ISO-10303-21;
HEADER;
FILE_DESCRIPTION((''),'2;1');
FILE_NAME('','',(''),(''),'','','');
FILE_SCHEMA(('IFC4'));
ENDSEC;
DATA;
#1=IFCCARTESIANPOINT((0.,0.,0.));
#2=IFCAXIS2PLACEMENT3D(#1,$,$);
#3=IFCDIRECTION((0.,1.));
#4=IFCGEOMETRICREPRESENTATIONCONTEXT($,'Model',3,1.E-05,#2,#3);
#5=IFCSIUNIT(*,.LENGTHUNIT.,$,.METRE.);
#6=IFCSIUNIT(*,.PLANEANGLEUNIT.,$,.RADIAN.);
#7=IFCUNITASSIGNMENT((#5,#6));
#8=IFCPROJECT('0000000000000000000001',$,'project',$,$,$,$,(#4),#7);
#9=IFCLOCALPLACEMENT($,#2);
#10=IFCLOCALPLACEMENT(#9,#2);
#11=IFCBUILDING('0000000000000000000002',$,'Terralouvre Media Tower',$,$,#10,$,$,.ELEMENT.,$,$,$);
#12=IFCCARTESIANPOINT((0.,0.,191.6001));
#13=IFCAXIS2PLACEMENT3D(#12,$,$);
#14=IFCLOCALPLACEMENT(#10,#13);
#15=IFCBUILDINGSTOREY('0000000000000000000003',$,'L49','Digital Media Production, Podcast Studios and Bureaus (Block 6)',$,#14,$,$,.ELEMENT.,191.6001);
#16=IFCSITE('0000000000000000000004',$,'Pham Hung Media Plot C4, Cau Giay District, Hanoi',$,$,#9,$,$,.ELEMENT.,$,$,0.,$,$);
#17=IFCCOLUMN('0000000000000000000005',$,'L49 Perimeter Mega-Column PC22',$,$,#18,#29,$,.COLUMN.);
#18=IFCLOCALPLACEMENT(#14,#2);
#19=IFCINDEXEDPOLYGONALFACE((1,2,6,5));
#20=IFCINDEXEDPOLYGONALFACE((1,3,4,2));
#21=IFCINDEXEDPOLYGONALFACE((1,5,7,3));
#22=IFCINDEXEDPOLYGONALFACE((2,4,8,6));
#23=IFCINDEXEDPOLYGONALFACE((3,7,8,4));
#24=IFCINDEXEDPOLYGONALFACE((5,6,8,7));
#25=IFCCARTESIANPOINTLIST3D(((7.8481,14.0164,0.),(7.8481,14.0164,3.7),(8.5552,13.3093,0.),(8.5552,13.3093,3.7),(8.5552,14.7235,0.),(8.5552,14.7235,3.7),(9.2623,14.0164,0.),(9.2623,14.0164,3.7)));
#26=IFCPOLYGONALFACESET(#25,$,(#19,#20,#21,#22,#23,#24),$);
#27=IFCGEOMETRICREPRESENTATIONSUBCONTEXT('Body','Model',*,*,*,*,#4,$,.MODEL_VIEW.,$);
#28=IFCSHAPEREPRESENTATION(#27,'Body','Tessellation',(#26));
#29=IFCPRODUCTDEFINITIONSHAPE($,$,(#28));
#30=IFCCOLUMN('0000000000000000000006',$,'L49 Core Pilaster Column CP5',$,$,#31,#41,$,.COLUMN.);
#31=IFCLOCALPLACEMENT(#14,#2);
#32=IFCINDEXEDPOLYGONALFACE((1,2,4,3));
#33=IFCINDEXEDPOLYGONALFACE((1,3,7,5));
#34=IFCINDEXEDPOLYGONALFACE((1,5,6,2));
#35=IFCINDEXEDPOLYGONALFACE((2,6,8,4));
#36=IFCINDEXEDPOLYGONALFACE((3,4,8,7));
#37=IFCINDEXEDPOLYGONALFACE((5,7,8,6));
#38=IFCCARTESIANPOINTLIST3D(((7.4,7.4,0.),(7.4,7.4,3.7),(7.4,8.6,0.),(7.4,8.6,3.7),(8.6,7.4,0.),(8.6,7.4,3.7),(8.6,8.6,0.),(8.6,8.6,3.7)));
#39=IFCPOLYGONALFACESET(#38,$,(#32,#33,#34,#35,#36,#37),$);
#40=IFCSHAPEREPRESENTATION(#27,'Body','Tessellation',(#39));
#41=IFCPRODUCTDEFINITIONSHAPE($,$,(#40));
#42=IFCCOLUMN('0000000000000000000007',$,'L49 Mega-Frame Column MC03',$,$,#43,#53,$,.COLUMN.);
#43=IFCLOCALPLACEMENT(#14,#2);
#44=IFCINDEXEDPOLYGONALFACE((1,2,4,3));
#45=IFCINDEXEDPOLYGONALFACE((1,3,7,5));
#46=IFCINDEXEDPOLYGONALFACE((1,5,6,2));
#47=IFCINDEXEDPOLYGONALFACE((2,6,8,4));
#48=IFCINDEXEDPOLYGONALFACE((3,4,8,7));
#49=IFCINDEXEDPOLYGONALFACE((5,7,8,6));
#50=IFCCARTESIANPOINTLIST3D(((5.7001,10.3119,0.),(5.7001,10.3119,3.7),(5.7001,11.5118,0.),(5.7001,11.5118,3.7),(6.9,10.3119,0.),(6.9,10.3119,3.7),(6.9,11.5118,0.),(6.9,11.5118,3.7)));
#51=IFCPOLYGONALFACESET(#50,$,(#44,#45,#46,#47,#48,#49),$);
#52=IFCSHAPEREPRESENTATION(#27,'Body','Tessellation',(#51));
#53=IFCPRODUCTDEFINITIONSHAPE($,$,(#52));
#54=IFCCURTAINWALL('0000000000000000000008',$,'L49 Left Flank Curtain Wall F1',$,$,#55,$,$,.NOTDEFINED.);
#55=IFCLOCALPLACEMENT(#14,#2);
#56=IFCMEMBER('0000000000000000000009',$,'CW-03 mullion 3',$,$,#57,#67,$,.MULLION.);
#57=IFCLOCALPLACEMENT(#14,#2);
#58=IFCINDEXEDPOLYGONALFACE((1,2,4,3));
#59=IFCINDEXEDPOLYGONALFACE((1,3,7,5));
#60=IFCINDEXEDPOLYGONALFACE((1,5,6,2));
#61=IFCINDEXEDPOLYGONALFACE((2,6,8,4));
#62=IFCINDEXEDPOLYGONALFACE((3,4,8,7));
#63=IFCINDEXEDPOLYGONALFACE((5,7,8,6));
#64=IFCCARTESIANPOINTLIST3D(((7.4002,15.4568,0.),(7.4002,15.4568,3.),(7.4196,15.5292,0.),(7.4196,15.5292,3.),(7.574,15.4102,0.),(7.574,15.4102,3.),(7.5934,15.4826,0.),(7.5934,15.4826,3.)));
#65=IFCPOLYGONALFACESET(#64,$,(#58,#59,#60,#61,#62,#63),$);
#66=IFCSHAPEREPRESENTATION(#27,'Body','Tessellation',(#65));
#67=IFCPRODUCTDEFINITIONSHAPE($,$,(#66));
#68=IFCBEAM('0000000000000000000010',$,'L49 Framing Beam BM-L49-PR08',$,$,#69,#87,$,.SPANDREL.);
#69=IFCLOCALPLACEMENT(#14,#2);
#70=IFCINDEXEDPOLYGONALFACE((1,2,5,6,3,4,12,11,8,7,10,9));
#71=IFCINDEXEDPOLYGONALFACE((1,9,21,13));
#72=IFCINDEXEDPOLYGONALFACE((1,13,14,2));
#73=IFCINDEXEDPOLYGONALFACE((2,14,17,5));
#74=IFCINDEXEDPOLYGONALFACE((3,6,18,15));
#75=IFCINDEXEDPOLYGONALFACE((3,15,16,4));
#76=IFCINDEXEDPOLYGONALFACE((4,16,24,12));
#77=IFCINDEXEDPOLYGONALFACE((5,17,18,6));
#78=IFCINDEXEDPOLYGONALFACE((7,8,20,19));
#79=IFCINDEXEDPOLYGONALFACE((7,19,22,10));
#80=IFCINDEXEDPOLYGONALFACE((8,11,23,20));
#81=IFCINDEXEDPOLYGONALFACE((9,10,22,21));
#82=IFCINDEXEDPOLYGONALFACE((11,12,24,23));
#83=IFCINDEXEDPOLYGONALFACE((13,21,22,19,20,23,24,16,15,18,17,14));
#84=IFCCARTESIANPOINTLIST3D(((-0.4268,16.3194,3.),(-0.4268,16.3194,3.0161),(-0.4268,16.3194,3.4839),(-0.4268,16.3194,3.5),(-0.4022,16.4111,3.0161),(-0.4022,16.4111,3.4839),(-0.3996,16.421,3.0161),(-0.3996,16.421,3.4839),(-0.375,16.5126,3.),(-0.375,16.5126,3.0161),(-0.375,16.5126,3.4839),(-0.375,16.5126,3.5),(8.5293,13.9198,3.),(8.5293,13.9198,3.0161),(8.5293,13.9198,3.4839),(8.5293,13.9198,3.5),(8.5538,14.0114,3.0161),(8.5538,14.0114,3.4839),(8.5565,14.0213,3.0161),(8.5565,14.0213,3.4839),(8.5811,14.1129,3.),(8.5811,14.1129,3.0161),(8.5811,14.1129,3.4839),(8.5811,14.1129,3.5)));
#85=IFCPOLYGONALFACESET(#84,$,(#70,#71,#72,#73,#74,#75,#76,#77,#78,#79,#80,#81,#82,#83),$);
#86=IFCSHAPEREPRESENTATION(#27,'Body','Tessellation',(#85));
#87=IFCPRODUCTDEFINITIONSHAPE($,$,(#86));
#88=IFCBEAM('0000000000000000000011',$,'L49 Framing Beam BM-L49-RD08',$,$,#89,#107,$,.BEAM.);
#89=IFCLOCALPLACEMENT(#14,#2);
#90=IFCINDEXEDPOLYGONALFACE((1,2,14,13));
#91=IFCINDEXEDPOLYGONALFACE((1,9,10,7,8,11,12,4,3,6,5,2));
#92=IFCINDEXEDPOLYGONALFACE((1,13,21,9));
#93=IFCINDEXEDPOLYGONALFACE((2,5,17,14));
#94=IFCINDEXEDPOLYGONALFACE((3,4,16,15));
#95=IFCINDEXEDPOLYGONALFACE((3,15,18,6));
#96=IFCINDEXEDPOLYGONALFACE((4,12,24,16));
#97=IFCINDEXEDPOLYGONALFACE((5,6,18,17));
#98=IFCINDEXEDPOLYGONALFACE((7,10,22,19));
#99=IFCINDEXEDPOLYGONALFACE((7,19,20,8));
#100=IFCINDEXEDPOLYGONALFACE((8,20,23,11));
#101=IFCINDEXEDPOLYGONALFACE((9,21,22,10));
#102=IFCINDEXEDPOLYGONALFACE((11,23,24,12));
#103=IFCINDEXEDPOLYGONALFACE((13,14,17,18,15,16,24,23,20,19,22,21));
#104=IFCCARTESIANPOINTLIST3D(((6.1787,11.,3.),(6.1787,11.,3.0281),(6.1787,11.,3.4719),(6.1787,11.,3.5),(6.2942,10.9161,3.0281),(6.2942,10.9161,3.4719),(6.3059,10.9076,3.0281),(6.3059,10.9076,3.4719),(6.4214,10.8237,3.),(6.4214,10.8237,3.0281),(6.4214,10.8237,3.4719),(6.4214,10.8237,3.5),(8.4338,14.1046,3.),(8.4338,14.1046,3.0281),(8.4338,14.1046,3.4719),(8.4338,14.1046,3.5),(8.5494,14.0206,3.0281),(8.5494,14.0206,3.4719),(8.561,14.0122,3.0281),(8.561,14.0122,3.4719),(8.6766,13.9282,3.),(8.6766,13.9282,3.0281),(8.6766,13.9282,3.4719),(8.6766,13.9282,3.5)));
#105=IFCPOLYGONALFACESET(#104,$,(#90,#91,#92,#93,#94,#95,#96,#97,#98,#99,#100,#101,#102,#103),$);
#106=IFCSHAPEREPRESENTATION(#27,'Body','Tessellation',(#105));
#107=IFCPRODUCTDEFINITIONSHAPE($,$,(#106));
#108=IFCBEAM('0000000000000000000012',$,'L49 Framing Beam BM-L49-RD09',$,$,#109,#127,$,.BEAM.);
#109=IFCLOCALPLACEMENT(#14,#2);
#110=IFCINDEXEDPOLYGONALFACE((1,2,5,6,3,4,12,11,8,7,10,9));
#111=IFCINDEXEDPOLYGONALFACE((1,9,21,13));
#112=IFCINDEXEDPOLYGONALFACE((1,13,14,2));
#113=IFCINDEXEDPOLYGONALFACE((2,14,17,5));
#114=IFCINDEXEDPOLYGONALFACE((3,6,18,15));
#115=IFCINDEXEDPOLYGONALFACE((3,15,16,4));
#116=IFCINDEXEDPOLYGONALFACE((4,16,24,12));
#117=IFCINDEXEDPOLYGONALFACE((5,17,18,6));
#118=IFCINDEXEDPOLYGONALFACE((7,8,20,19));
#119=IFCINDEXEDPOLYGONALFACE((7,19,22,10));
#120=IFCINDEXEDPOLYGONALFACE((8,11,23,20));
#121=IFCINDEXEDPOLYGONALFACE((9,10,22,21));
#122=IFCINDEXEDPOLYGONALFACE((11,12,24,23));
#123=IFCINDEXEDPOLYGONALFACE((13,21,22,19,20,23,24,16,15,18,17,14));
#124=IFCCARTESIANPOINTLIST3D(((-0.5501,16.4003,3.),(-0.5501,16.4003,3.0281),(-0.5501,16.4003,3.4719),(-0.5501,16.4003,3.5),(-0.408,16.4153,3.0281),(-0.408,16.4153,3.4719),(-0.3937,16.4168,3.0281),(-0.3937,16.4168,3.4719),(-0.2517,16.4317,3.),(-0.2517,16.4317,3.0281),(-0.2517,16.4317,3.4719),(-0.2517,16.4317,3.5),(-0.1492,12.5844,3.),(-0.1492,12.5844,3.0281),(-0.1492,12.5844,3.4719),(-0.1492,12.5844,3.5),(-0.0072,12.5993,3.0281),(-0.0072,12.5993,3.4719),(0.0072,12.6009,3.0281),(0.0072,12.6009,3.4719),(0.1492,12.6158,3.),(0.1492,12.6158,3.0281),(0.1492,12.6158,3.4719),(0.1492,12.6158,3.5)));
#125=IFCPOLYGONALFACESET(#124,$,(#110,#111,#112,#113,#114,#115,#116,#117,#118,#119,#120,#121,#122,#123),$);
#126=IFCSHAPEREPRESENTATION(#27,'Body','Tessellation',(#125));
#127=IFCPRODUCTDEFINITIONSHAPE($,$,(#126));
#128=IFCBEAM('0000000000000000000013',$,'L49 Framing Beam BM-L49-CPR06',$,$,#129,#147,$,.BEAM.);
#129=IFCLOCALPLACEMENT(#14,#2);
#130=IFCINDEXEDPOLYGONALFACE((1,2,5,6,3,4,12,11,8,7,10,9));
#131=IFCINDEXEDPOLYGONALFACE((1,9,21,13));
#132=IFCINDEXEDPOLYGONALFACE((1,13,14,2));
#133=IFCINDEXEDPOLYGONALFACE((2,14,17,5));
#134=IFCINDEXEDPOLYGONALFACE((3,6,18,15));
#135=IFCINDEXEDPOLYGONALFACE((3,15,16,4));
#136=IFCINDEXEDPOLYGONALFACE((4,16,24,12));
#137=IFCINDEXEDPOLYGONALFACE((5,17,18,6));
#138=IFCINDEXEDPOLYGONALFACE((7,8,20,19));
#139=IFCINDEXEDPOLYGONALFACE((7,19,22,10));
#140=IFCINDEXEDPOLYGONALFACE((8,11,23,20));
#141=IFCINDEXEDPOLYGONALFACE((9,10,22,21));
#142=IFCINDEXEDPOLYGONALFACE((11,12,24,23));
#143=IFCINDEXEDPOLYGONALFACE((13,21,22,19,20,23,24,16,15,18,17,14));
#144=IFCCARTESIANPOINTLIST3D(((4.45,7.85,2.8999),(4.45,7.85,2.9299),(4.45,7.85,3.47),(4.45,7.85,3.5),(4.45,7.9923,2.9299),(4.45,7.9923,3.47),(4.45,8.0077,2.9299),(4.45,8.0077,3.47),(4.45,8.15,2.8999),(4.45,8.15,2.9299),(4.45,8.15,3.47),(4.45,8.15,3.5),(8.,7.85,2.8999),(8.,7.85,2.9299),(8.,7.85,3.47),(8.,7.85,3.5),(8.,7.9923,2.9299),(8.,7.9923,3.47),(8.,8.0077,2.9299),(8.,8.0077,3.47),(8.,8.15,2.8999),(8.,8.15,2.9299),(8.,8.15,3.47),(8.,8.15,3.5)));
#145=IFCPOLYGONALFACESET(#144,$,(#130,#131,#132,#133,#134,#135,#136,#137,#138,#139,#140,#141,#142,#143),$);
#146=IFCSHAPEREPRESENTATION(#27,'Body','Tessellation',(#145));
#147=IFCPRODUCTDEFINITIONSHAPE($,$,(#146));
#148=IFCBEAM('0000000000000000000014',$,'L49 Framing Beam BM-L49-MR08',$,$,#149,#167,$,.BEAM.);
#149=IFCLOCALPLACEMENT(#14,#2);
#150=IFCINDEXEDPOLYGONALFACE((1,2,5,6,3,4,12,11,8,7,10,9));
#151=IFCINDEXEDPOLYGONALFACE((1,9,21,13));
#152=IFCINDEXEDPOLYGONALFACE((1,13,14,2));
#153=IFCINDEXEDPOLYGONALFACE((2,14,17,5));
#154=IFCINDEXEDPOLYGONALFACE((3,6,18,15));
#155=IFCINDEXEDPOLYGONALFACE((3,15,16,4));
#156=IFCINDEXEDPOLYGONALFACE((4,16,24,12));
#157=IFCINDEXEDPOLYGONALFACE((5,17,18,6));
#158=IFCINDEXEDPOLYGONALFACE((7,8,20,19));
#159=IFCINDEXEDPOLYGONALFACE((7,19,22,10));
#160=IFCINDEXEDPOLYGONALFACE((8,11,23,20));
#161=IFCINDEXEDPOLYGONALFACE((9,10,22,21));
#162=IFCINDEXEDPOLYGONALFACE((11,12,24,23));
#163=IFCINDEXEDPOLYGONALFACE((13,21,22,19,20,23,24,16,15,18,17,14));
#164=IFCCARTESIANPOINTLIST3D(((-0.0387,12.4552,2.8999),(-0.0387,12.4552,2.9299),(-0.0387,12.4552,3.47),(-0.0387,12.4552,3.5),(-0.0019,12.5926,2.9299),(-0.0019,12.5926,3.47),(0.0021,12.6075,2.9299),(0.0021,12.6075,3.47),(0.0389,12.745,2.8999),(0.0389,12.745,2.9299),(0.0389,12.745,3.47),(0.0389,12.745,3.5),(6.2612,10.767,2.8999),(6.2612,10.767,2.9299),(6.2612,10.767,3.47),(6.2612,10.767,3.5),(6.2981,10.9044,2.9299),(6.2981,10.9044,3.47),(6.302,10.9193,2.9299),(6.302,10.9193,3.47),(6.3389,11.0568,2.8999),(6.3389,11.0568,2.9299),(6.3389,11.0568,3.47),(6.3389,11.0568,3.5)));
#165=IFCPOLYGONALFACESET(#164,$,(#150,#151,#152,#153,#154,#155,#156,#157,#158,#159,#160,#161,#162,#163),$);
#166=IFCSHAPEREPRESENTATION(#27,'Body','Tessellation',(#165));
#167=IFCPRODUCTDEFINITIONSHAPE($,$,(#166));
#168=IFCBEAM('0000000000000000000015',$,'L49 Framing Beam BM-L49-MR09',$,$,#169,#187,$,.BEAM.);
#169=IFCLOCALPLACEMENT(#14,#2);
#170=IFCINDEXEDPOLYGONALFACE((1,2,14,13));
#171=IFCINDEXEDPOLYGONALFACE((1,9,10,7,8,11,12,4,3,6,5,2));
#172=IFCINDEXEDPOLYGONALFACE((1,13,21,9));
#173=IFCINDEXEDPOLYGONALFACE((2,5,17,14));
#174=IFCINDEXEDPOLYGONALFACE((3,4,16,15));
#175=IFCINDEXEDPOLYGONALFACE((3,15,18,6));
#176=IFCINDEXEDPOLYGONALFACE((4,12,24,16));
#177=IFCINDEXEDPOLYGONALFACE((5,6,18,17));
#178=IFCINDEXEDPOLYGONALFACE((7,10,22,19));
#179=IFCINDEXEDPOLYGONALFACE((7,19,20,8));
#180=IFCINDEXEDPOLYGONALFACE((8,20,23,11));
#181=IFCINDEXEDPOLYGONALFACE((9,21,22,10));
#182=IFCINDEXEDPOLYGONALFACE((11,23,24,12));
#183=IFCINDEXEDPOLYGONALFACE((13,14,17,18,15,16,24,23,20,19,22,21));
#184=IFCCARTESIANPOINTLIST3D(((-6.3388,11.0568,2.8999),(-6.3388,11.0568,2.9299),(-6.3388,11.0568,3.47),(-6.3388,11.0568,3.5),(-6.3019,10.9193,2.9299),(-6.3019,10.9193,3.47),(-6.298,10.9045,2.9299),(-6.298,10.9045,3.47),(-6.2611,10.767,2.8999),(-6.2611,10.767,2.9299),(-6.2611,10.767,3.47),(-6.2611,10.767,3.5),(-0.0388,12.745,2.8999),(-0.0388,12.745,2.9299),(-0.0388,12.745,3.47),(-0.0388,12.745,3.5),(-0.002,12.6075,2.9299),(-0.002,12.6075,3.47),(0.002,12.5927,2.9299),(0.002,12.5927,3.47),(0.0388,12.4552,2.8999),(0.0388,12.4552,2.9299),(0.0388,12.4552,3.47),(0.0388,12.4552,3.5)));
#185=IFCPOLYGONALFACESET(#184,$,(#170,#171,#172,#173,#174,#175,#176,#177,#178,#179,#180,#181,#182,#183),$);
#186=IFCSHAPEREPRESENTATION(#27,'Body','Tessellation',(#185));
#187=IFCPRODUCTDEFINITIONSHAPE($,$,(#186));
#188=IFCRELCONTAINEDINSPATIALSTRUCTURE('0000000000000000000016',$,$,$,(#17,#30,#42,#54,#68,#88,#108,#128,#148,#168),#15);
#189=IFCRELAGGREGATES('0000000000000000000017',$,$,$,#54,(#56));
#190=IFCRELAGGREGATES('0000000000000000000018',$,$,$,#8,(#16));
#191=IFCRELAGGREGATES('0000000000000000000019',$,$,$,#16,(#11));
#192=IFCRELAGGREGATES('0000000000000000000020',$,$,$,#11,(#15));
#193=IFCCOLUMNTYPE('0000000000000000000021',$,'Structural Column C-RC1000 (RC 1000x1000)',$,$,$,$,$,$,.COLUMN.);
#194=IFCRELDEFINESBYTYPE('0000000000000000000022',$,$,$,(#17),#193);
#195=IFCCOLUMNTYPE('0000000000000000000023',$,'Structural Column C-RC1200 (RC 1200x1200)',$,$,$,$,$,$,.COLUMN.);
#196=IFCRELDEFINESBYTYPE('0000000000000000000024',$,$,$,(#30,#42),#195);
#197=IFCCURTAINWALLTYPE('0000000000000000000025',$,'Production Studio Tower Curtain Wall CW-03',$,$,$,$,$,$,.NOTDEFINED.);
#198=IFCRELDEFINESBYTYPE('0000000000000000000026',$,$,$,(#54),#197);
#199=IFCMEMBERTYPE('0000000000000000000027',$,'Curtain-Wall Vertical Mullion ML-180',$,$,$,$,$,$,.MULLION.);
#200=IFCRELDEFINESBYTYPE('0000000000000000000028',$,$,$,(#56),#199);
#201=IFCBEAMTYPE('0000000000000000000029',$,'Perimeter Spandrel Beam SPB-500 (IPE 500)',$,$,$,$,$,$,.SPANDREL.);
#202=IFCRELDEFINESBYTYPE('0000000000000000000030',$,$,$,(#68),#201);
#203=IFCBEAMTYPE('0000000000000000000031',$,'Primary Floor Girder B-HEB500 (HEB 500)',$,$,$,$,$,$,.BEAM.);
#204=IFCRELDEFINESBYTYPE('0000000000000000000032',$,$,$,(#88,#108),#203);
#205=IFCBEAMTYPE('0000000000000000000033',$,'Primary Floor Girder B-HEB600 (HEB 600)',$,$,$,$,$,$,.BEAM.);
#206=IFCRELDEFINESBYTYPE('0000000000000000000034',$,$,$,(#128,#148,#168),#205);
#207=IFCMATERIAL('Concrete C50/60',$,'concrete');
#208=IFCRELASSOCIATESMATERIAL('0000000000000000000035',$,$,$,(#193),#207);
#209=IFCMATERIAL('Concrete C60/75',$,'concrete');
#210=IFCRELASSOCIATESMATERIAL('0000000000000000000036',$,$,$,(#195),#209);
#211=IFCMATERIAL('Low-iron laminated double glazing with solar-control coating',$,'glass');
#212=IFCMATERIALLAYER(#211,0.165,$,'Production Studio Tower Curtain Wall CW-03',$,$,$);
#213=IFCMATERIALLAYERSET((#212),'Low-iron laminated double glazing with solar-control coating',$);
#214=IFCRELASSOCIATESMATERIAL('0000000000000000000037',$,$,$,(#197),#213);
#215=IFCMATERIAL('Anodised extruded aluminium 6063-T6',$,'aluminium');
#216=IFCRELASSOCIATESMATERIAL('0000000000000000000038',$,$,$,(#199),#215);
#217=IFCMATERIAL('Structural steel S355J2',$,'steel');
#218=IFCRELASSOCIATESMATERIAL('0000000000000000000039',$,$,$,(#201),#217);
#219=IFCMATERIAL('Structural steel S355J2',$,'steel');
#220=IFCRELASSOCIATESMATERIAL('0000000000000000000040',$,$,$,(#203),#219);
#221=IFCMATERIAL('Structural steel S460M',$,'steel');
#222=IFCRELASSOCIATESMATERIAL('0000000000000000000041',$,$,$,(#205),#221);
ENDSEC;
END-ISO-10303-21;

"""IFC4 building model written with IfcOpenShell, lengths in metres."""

from ifc_helpers import new_model, si_unit, direction, frame, origin, origin_2d, place, context, subcontext, project, spatial, rectangle, i_section, extrude, material, layer, layer_set, material_profile, profile_set, type_object, element, aggregate, save


model = new_model("IFC4")

# Units and contexts
model_context = context("Model", 3, precision=1e-05, world=origin(), true_north=direction((0.0, 1.0)))
body_context = subcontext(model_context, "Body", "Model", "MODEL_VIEW")
ifc_project = project(units=[si_unit("LENGTHUNIT", "METRE"), si_unit("PLANEANGLEUNIT", "RADIAN")], contexts=[model_context])

# Site, building, storey
site_placement = place(None, origin())
site = spatial("IfcSite", under=ifc_project, at=site_placement, Name="Pham Hung Media Plot C4, Cau Giay District, Hanoi", CompositionType="ELEMENT", RefElevation=0.0)
building_placement = place(site_placement, origin())
building = spatial("IfcBuilding", under=site, at=building_placement, Name="Terralouvre Media Tower", CompositionType="ELEMENT")
storey_placement = place(building_placement, frame((0.0, 0.0, 191.6001)))
storey = spatial("IfcBuildingStorey", under=building, at=storey_placement, Name="L49", Description="Digital Media Production, Podcast Studios and Bureaus (Block 6)", CompositionType="ELEMENT", Elevation=191.6001)

# Columns
ifc_material_1 = material(Name="Concrete C50/60", Category="concrete")
ifc_material_profile_1 = material_profile(ifc_material_1, rectangle(XDim=1.0, YDim=1.0, at=origin_2d()), Name="RC 1000x1000")
ifc_profile_set_1 = profile_set([ifc_material_profile_1], Name="Concrete C50/60")
column_type_1 = type_object("IfcColumnType", Name="Structural Column C-RC1000 (RC 1000x1000)", PredefinedType="COLUMN", material=ifc_profile_set_1)
column_placement = place(storey_placement, frame((8.5552, 14.0164, 0.0), z_axis=(0.0, 0.0, 1.0), x_axis=(0.707107, 0.707107, 0.0)))
element("IfcColumn", 1, at=column_placement, inside=storey, type_object=column_type_1, Name="L49 Perimeter Mega-Column PC22", PredefinedType="COLUMN", context=body_context, shape_type="SweptSolid", body=[
    extrude(rectangle(XDim=1.0, YDim=1.0, at=origin_2d()), origin(), (0.0, 0.0, 1.0), 3.7),
])
ifc_material_2 = material(Name="Concrete C60/75", Category="concrete")
ifc_material_profile_2 = material_profile(ifc_material_2, rectangle(XDim=1.2, YDim=1.2, at=origin_2d()), Name="RC 1200x1200")
ifc_profile_set_2 = profile_set([ifc_material_profile_2], Name="Concrete C60/75")
column_type_2 = type_object("IfcColumnType", Name="Structural Column C-RC1200 (RC 1200x1200)", PredefinedType="COLUMN", material=ifc_profile_set_2)
for number, where, z_axis, x_axis, name in (
    (2, (8.0, 8.0, 0.0), (0.0, 0.0, 1.0), (1.0, 0.0, 0.0), "L49 Core Pilaster Column CP5"),
    (3, (6.3, 10.9119, 0.0), (0.0, 0.0, 1.0), (1.0, 0.0, 0.0), "L49 Mega-Frame Column MC03"),
):
    element("IfcColumn", number, at=place(storey_placement, frame(where, z_axis=z_axis, x_axis=x_axis)), inside=storey, type_object=column_type_2, Name=name, PredefinedType="COLUMN", context=body_context, shape_type="SweptSolid", body=[
        extrude(rectangle(XDim=1.2, YDim=1.2, at=origin_2d()), origin(), (0.0, 0.0, 1.0), 3.7),
    ])

# Curtain wall, member
ifc_material_3 = material(Name="Low-iron laminated double glazing with solar-control coating", Category="glass")
ifc_layer_1 = layer(ifc_material_3, 0.165, Name="Production Studio Tower Curtain Wall CW-03")
ifc_layer_set_1 = layer_set([ifc_layer_1], Name="Low-iron laminated double glazing with solar-control coating")
curtain_wall_type = type_object("IfcCurtainWallType", Name="Production Studio Tower Curtain Wall CW-03", PredefinedType="NOTDEFINED", material=ifc_layer_set_1)
curtain_wall_placement = place(storey_placement, origin())
curtain_wall = element("IfcCurtainWall", 4, at=curtain_wall_placement, inside=storey, type_object=curtain_wall_type, Name="L49 Left Flank Curtain Wall F1", PredefinedType="NOTDEFINED")
ifc_material_4 = material(Name="Anodised extruded aluminium 6063-T6", Category="aluminium")
ifc_material_profile_3 = material_profile(ifc_material_4, rectangle(XDim=0.075, YDim=0.1799, at=origin_2d()), Name="ALU 75x180")
ifc_profile_set_3 = profile_set([ifc_material_profile_3], Name="Anodised extruded aluminium 6063-T6")
member_type = type_object("IfcMemberType", Name="Curtain-Wall Vertical Mullion ML-180", PredefinedType="MULLION", material=ifc_profile_set_3)
member_placement = place(storey_placement, frame((7.4968, 15.4697, 0.0), z_axis=(0.0, 0.0, 1.0), x_axis=(-0.258819, -0.965926, 0.0)))
member = element("IfcMember", 5, at=member_placement, type_object=member_type, Name="CW-03 mullion 3", PredefinedType="MULLION", context=body_context, shape_type="SweptSolid", body=[
    extrude(rectangle(XDim=0.075, YDim=0.1799, at=origin_2d()), origin(), (0.0, 0.0, 1.0), 3.0),
])
aggregate(curtain_wall, [member])

# Beams
ifc_material_5 = material(Name="Structural steel S355J2", Category="steel")
ifc_material_profile_4 = material_profile(ifc_material_5, i_section(OverallWidth=0.2, OverallDepth=0.5, WebThickness=0.0103, FlangeThickness=0.0161, at=origin_2d()), Name="IPE 500")
ifc_profile_set_4 = profile_set([ifc_material_profile_4], Name="Structural steel S355J2")
beam_type_1 = type_object("IfcBeamType", Name="Perimeter Spandrel Beam SPB-500 (IPE 500)", PredefinedType="SPANDREL", material=ifc_profile_set_4)
beam_1_placement = place(storey_placement, frame((8.5552, 14.0164, 3.25), z_axis=(-0.965929, 0.258808, 0.0), x_axis=(-0.258808, -0.965929, 0.0)))
element("IfcBeam", 6, at=beam_1_placement, inside=storey, type_object=beam_type_1, Name="L49 Framing Beam BM-L49-PR08", PredefinedType="SPANDREL", context=body_context, shape_type="SweptSolid", body=[
    extrude(i_section(OverallWidth=0.2, OverallDepth=0.5, WebThickness=0.0103, FlangeThickness=0.0161, at=origin_2d()), origin(), (0.0, 0.0, 1.0), 9.272),
])
ifc_material_6 = material(Name="Structural steel S355J2", Category="steel")
ifc_material_profile_5 = material_profile(ifc_material_6, i_section(OverallWidth=0.3, OverallDepth=0.5, WebThickness=0.0144, FlangeThickness=0.0281, at=origin_2d()), Name="HEB 500")
ifc_profile_set_5 = profile_set([ifc_material_profile_5], Name="Structural steel S355J2")
beam_type_2 = type_object("IfcBeamType", Name="Primary Floor Girder B-HEB500 (HEB 500)", PredefinedType="BEAM", material=ifc_profile_set_5)
beam_2_placement = place(storey_placement, frame((6.3, 10.9119, 3.25), z_axis=(0.587714, 0.809069, 0.0), x_axis=(-0.809069, 0.587714, 0.0)))
element("IfcBeam", 7, at=beam_2_placement, inside=storey, type_object=beam_type_2, Name="L49 Framing Beam BM-L49-RD08", PredefinedType="BEAM", context=body_context, shape_type="SweptSolid", body=[
    extrude(i_section(OverallWidth=0.3, OverallDepth=0.5, WebThickness=0.0144, FlangeThickness=0.0281, at=origin_2d()), origin(), (0.0, 0.0, 1.0), 3.8372),
])
beam_3_placement = place(storey_placement, frame((0.0, 12.6001, 3.25), z_axis=(-0.104479, 0.994527, 0.0), x_axis=(-0.994527, -0.104479, 0.0)))
element("IfcBeam", 8, at=beam_3_placement, inside=storey, type_object=beam_type_2, Name="L49 Framing Beam BM-L49-RD09", PredefinedType="BEAM", context=body_context, shape_type="SweptSolid", body=[
    extrude(i_section(OverallWidth=0.3, OverallDepth=0.5, WebThickness=0.0144, FlangeThickness=0.0281, at=origin_2d()), origin(), (0.0, 0.0, 1.0), 3.8369),
])
ifc_material_7 = material(Name="Structural steel S460M", Category="steel")
ifc_material_profile_6 = material_profile(ifc_material_7, i_section(OverallWidth=0.3, OverallDepth=0.6001, WebThickness=0.0154, FlangeThickness=0.03, at=origin_2d()), Name="HEB 600")
ifc_profile_set_6 = profile_set([ifc_material_profile_6], Name="Structural steel S460M")
beam_type_3 = type_object("IfcBeamType", Name="Primary Floor Girder B-HEB600 (HEB 600)", PredefinedType="BEAM", material=ifc_profile_set_6)
beam_4_placement = place(storey_placement, frame((8.0, 8.0, 3.2), z_axis=(-1.0, 0.0, 0.0), x_axis=(0.0, -1.0, 0.0)))
element("IfcBeam", 9, at=beam_4_placement, inside=storey, type_object=beam_type_3, Name="L49 Framing Beam BM-L49-CPR06", PredefinedType="BEAM", context=body_context, shape_type="SweptSolid", body=[
    extrude(i_section(OverallWidth=0.3, OverallDepth=0.6001, WebThickness=0.0154, FlangeThickness=0.03, at=origin_2d()), origin(), (0.0, 0.0, 1.0), 3.55),
])
for number, where, z_axis, x_axis, name in (
    (10, (6.3, 10.9119, 3.2), (-0.96592, 0.258839, 0.0), (-0.258839, -0.96592, 0.0), "L49 Framing Beam BM-L49-MR08"),
    (11, (0.0, 12.6001, 3.2), (-0.96592, -0.258839, 0.0), (0.258839, -0.96592, 0.0), "L49 Framing Beam BM-L49-MR09"),
):
    element("IfcBeam", number, at=place(storey_placement, frame(where, z_axis=z_axis, x_axis=x_axis)), inside=storey, type_object=beam_type_3, Name=name, PredefinedType="BEAM", context=body_context, shape_type="SweptSolid", body=[
        extrude(i_section(OverallWidth=0.3, OverallDepth=0.6001, WebThickness=0.0154, FlangeThickness=0.03, at=origin_2d()), origin(), (0.0, 0.0, 1.0), 6.5222),
    ])

save(model, "model.ifc")
